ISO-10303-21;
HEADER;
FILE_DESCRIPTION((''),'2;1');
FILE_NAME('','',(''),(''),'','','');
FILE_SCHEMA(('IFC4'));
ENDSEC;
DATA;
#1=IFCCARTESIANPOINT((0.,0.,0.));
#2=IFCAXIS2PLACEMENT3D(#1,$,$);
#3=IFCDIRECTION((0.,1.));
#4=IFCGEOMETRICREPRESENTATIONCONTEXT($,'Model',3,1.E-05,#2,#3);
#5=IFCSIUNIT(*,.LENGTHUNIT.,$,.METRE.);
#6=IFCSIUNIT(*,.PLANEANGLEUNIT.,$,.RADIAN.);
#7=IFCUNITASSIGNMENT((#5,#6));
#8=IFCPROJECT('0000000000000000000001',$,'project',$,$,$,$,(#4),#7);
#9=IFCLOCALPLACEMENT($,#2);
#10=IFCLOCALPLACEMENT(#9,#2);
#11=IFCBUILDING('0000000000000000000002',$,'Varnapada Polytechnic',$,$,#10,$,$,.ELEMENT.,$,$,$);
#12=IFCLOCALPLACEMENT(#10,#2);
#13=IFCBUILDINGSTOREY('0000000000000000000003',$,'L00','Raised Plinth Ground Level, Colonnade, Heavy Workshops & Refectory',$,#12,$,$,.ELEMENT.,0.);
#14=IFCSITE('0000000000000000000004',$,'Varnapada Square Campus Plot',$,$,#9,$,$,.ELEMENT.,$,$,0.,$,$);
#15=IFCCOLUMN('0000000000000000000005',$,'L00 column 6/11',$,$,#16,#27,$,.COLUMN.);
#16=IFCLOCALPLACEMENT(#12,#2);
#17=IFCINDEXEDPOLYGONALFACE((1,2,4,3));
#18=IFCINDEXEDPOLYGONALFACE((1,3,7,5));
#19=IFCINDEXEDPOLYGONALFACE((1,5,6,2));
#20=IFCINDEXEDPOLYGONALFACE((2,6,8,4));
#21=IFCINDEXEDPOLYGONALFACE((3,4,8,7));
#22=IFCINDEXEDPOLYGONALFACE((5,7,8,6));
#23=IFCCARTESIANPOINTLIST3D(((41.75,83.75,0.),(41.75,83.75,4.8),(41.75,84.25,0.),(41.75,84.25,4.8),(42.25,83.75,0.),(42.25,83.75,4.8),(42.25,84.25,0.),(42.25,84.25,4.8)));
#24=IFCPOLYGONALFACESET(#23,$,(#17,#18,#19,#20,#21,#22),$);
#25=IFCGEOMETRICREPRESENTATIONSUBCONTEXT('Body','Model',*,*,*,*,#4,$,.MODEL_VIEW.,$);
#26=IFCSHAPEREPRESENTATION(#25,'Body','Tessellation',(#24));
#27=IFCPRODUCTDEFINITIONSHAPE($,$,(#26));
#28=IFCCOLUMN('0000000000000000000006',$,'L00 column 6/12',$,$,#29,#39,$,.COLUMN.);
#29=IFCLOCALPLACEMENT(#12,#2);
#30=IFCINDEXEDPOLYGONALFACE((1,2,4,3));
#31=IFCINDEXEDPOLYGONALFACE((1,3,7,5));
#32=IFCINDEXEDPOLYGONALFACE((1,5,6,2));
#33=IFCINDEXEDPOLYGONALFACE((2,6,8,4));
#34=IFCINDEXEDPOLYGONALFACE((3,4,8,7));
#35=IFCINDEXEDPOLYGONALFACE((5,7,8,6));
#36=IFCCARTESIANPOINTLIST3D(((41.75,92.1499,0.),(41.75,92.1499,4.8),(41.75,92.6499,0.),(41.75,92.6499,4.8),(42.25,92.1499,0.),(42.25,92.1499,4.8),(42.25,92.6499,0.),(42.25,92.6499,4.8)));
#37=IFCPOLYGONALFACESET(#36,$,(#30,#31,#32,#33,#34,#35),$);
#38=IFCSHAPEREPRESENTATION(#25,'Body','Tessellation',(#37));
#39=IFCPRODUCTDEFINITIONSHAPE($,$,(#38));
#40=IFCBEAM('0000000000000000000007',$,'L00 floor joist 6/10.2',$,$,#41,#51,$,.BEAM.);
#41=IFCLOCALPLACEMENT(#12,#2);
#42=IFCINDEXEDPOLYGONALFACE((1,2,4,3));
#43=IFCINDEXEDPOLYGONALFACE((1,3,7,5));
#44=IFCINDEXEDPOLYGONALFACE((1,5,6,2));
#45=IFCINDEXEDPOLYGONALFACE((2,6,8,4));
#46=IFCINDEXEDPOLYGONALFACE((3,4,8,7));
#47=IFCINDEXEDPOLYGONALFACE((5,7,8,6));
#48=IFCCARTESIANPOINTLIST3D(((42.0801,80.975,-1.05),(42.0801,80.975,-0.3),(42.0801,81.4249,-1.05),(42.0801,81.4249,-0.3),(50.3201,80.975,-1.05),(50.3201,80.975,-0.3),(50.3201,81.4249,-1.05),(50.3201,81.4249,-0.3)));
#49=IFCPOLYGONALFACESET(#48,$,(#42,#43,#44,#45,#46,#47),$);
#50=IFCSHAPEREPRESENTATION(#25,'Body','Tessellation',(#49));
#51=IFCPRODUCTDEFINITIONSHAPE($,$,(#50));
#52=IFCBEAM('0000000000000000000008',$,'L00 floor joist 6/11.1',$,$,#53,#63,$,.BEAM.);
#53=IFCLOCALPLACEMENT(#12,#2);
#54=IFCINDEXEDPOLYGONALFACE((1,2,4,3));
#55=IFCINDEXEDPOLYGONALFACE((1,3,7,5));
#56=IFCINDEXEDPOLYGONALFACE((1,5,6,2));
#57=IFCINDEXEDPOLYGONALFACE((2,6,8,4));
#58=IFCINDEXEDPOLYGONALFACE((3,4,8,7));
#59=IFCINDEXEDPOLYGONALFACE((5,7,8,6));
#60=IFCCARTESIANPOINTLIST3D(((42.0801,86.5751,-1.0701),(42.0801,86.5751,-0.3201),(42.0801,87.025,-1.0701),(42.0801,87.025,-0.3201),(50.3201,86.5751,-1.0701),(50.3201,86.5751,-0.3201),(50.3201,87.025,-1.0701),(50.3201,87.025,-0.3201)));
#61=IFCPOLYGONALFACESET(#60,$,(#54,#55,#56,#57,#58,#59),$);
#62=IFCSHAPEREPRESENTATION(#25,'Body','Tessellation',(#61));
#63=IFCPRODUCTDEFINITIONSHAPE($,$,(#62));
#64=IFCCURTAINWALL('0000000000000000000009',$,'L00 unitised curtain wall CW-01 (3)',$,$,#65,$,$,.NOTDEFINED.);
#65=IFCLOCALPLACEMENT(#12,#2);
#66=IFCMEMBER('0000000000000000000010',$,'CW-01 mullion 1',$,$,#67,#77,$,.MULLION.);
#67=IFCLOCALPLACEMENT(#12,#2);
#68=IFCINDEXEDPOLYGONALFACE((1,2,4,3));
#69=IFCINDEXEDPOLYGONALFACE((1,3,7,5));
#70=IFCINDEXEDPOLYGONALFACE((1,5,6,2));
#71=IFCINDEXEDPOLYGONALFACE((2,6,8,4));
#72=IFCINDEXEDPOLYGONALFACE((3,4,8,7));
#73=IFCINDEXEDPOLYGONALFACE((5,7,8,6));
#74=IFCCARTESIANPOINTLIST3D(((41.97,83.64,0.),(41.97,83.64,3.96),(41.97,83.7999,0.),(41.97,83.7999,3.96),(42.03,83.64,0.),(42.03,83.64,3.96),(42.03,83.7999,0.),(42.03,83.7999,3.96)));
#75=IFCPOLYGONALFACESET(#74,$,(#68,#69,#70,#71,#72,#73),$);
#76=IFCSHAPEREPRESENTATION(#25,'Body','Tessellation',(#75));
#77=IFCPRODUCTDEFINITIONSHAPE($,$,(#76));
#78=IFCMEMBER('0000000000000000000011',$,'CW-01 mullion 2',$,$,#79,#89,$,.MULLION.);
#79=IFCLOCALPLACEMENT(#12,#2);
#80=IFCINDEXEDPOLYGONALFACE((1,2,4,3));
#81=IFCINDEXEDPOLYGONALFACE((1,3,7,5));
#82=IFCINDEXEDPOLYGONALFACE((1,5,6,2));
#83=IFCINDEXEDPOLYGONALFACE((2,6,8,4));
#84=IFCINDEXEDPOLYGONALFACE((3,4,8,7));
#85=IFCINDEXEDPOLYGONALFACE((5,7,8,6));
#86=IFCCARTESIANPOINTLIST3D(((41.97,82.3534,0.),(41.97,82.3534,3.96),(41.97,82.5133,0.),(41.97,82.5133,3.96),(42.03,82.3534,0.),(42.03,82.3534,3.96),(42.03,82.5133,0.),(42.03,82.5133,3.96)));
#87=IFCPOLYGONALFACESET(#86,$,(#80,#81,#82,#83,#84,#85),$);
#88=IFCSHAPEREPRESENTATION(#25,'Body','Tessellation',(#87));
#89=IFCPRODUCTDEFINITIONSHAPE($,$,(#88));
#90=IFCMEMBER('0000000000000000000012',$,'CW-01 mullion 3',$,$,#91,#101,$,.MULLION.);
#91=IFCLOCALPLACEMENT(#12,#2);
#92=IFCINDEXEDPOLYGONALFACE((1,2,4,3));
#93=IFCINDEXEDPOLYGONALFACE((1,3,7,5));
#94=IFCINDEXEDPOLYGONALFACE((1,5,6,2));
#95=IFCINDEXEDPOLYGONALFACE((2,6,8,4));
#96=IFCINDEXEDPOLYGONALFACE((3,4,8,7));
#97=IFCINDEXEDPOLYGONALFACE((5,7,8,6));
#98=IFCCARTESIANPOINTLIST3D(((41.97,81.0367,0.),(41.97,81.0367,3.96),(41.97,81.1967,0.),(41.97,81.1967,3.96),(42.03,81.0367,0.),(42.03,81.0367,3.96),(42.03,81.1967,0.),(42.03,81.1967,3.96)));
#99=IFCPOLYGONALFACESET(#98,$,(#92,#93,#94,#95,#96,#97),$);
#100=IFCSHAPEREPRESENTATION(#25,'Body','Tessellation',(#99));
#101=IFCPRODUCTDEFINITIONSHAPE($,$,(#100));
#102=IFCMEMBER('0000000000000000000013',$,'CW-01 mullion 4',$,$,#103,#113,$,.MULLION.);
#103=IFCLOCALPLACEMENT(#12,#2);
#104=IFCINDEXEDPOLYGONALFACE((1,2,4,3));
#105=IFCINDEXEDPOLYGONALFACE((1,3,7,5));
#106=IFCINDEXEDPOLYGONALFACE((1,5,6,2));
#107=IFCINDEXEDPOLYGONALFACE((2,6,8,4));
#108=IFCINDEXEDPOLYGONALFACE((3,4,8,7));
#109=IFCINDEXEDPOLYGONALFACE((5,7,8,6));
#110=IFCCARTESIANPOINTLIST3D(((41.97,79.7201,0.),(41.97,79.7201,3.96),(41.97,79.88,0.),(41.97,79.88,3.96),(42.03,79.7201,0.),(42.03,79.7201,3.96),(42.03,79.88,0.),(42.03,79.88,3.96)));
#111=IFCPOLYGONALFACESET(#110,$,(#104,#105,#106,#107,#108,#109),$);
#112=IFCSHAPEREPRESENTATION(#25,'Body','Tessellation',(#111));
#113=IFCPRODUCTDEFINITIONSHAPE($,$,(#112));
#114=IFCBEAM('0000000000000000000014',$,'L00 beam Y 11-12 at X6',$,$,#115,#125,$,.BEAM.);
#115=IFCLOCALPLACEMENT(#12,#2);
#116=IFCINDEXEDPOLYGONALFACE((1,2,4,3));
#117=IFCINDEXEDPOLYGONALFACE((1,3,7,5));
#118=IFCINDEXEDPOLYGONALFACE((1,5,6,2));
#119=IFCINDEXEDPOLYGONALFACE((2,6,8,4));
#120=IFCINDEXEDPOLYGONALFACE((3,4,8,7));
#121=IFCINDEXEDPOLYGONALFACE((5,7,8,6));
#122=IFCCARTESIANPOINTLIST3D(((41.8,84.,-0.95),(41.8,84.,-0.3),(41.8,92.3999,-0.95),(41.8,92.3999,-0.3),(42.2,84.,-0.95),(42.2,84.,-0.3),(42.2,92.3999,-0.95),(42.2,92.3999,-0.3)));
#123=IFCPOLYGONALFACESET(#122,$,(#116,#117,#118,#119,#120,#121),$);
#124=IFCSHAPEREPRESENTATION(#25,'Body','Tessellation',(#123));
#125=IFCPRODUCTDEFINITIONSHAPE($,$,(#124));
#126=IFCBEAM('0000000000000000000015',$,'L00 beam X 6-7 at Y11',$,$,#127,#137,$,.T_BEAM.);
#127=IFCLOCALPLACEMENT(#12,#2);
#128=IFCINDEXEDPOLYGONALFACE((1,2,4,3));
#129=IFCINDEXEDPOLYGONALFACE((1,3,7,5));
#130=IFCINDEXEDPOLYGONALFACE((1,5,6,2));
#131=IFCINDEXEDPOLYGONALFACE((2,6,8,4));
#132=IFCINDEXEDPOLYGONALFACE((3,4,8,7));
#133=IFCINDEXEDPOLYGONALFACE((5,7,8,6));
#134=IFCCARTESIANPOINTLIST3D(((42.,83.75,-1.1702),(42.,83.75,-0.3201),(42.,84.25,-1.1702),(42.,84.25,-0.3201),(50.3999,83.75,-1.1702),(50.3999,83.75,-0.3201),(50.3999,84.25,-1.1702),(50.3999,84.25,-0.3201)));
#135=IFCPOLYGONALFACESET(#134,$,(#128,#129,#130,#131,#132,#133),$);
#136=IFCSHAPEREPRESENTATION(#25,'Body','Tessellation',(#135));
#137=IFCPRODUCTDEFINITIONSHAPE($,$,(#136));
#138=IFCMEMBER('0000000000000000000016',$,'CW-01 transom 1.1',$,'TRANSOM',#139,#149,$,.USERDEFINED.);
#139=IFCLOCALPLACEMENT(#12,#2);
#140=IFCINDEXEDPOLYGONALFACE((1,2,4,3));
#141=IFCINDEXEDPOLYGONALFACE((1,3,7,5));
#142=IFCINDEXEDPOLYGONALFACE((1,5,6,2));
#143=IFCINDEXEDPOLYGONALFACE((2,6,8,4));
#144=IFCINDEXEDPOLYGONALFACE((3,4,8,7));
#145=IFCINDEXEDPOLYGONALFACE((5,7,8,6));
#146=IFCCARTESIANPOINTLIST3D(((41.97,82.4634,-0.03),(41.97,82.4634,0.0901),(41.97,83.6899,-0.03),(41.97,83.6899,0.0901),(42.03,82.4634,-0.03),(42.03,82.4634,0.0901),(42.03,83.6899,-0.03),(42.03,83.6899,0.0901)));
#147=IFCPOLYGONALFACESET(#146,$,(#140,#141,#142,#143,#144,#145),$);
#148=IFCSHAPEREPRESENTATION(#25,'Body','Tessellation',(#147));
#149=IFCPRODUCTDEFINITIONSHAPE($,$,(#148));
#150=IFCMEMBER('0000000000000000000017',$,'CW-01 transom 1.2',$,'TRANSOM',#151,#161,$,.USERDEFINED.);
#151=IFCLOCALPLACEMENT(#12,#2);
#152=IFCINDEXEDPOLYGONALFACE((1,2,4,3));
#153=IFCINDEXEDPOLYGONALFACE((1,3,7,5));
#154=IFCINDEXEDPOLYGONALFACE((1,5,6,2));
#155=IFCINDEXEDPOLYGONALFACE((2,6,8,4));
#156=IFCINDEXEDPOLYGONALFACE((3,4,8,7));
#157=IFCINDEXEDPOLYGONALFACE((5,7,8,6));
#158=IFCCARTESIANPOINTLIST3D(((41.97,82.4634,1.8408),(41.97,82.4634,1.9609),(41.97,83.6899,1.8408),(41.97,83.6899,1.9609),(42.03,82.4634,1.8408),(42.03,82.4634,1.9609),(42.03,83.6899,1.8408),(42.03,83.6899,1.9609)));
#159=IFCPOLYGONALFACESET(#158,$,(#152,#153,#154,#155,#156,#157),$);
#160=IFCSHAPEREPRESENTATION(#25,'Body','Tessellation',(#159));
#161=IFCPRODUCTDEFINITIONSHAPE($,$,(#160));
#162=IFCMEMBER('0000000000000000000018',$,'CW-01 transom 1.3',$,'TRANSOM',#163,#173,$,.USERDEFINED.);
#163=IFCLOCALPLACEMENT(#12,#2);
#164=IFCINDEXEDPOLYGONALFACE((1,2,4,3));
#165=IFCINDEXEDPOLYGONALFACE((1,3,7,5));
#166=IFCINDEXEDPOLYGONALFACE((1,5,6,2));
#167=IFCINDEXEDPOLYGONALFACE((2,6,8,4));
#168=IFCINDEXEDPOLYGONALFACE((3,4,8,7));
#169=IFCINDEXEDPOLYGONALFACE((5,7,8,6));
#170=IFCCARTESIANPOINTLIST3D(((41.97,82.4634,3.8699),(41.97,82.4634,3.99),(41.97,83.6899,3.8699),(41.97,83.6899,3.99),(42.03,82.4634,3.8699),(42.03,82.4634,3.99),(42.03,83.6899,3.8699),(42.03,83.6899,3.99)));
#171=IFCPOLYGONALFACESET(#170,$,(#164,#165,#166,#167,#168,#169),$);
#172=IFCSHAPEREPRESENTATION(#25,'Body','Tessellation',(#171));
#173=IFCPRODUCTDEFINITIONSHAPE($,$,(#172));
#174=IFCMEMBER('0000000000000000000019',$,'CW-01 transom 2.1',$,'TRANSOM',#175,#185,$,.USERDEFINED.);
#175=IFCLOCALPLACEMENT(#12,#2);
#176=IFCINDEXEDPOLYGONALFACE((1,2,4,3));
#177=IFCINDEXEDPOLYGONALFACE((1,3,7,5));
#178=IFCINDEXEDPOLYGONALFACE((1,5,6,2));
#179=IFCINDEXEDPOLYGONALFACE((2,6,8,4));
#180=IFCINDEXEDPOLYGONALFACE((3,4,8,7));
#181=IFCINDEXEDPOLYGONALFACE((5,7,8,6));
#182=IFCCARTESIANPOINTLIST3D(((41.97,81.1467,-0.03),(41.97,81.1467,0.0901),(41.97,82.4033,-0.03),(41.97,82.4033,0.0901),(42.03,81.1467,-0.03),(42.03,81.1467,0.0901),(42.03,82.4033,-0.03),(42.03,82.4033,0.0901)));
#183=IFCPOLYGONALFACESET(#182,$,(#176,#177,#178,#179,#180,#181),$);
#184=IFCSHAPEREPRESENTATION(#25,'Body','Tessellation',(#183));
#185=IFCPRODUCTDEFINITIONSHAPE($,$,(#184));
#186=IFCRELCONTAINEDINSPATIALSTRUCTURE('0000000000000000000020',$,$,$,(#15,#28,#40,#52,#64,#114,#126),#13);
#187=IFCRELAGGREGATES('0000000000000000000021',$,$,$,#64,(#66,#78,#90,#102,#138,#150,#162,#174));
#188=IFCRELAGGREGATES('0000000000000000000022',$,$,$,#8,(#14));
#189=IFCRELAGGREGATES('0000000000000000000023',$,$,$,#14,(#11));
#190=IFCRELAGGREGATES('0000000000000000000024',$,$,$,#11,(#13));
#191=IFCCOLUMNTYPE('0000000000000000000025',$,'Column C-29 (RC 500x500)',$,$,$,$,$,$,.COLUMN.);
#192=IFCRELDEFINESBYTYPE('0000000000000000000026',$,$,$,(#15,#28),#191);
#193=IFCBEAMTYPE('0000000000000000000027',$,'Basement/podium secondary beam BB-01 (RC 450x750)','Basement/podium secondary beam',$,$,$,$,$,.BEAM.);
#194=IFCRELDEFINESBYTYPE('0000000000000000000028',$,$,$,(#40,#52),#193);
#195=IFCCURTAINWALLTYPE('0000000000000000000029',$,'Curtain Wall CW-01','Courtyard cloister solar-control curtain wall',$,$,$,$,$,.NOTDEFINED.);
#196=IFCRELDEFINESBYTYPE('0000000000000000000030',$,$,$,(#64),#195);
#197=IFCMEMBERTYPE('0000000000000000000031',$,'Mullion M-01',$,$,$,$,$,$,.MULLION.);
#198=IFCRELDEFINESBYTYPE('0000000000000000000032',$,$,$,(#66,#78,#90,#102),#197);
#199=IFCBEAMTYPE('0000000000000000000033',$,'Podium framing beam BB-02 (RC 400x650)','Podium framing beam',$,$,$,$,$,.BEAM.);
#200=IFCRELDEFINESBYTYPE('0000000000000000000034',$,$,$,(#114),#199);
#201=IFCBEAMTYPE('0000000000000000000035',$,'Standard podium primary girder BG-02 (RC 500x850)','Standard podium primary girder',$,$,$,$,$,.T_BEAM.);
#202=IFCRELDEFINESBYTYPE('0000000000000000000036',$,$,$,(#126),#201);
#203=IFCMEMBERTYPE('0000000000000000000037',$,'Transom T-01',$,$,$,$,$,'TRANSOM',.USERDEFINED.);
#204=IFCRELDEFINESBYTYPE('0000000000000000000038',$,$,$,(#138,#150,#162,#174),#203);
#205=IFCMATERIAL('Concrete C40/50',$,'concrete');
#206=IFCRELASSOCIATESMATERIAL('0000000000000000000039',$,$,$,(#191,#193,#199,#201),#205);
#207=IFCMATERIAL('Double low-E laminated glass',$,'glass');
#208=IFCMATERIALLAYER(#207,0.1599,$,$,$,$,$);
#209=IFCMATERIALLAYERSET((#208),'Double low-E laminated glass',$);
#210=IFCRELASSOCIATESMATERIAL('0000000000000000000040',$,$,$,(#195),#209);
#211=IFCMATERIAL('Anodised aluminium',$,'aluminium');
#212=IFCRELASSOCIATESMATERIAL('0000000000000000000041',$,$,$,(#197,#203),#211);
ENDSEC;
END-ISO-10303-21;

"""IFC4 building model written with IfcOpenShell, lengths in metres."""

from ifc_helpers import new_model, si_unit, direction, frame, origin, origin_2d, place, context, subcontext, project, spatial, rectangle, extrude, material, layer, layer_set, material_profile, profile_set, type_object, element, aggregate, save


model = new_model("IFC4")

# Units and contexts
model_context = context("Model", 3, precision=1e-05, world=origin(), true_north=direction((0.0, 1.0)))
body_context = subcontext(model_context, "Body", "Model", "MODEL_VIEW")
ifc_project = project(units=[si_unit("LENGTHUNIT", "METRE"), si_unit("PLANEANGLEUNIT", "RADIAN")], contexts=[model_context])

# Site, building, storey
site_placement = place(None, origin())
site = spatial("IfcSite", under=ifc_project, at=site_placement, Name="Varnapada Square Campus Plot", CompositionType="ELEMENT", RefElevation=0.0)
building_placement = place(site_placement, origin())
building = spatial("IfcBuilding", under=site, at=building_placement, Name="Varnapada Polytechnic", CompositionType="ELEMENT")
storey_placement = place(building_placement, origin())
storey = spatial("IfcBuildingStorey", under=building, at=storey_placement, Name="L00", Description="Raised Plinth Ground Level, Colonnade, Heavy Workshops & Refectory", CompositionType="ELEMENT", Elevation=0.0)

# Columns
ifc_material_1 = material(Name="Concrete C40/50", Category="concrete")
ifc_material_profile_1 = material_profile(ifc_material_1, rectangle(XDim=0.5, YDim=0.5, at=origin_2d()), Name="RC 500x500")
ifc_profile_set_1 = profile_set([ifc_material_profile_1], Name="Concrete C40/50")
column_type = type_object("IfcColumnType", Name="Column C-29 (RC 500x500)", PredefinedType="COLUMN", material=ifc_profile_set_1)
for number, where, z_axis, x_axis, name in (
    (1, (42.0, 84.0, 0.0), (0.0, 0.0, 1.0), (1.0, 0.0, 0.0), "L00 column 6/11"),
    (2, (42.0, 92.3999, 0.0), (0.0, 0.0, 1.0), (1.0, 0.0, 0.0), "L00 column 6/12"),
):
    element("IfcColumn", number, at=place(storey_placement, frame(where, z_axis=z_axis, x_axis=x_axis)), inside=storey, type_object=column_type, Name=name, PredefinedType="COLUMN", context=body_context, shape_type="SweptSolid", body=[
        extrude(rectangle(XDim=0.5, YDim=0.5, at=origin_2d()), origin(), (0.0, 0.0, 1.0), 4.8),
    ])

# Beams
ifc_material_profile_2 = material_profile(ifc_material_1, rectangle(XDim=0.45, YDim=0.75, at=origin_2d()), Name="RC 450x750")
ifc_profile_set_2 = profile_set([ifc_material_profile_2], Name="Concrete C40/50")
beam_type_1 = type_object("IfcBeamType", Name="Basement/podium secondary beam BB-01 (RC 450x750)", Description="Basement/podium secondary beam", PredefinedType="BEAM", material=ifc_profile_set_2)
for number, where, z_axis, x_axis, name in (
    (3, (42.0801, 81.2, -0.675), (1.0, 0.0, 0.0), (0.0, 1.0, 0.0), "L00 floor joist 6/10.2"),
    (4, (42.0801, 86.8, -0.6951), (1.0, 0.0, 0.0), (0.0, 1.0, 0.0), "L00 floor joist 6/11.1"),
):
    element("IfcBeam", number, at=place(storey_placement, frame(where, z_axis=z_axis, x_axis=x_axis)), inside=storey, type_object=beam_type_1, Name=name, PredefinedType="BEAM", context=body_context, shape_type="SweptSolid", body=[
        extrude(rectangle(XDim=0.45, YDim=0.75, at=origin_2d()), origin(), (0.0, 0.0, 1.0), 8.24),
    ])

# Curtain wall, members
ifc_material_2 = material(Name="Double low-E laminated glass", Category="glass")
ifc_layer_1 = layer(ifc_material_2, 0.1599)
ifc_layer_set_1 = layer_set([ifc_layer_1], Name="Double low-E laminated glass")
curtain_wall_type = type_object("IfcCurtainWallType", Name="Curtain Wall CW-01", Description="Courtyard cloister solar-control curtain wall", PredefinedType="NOTDEFINED", material=ifc_layer_set_1)
curtain_wall_placement = place(storey_placement, origin())
curtain_wall = element("IfcCurtainWall", 5, at=curtain_wall_placement, inside=storey, type_object=curtain_wall_type, Name="L00 unitised curtain wall CW-01 (3)", PredefinedType="NOTDEFINED")
ifc_material_3 = material(Name="Anodised aluminium", Category="aluminium")
ifc_material_profile_3 = material_profile(ifc_material_3, rectangle(XDim=0.0601, YDim=0.1599, at=origin_2d()), Name="ALU M60x160")
ifc_profile_set_3 = profile_set([ifc_material_profile_3], Name="Anodised aluminium")
member_type_1 = type_object("IfcMemberType", Name="Mullion M-01", PredefinedType="MULLION", material=ifc_profile_set_3)
member_1_placement = place(storey_placement, frame((42.0, 83.72, 0.0), z_axis=(0.0, 0.0, 1.0), x_axis=(1.0, 0.0, 0.0)))
member_1 = element("IfcMember", 6, at=member_1_placement, type_object=member_type_1, Name="CW-01 mullion 1", PredefinedType="MULLION", context=body_context, shape_type="SweptSolid", body=[
    extrude(rectangle(XDim=0.0601, YDim=0.1599, at=origin_2d()), origin(), (0.0, 0.0, 1.0), 3.96),
])
member_2_placement = place(storey_placement, frame((42.0, 82.4333, 0.0), z_axis=(0.0, 0.0, 1.0), x_axis=(1.0, 0.0, 0.0)))
member_2 = element("IfcMember", 7, at=member_2_placement, type_object=member_type_1, Name="CW-01 mullion 2", PredefinedType="MULLION", context=body_context, shape_type="SweptSolid", body=[
    extrude(rectangle(XDim=0.0601, YDim=0.1599, at=origin_2d()), origin(), (0.0, 0.0, 1.0), 3.96),
])
member_3_placement = place(storey_placement, frame((42.0, 81.1167, 0.0), z_axis=(0.0, 0.0, 1.0), x_axis=(1.0, 0.0, 0.0)))
member_3 = element("IfcMember", 8, at=member_3_placement, type_object=member_type_1, Name="CW-01 mullion 3", PredefinedType="MULLION", context=body_context, shape_type="SweptSolid", body=[
    extrude(rectangle(XDim=0.0601, YDim=0.1599, at=origin_2d()), origin(), (0.0, 0.0, 1.0), 3.96),
])
member_4_placement = place(storey_placement, frame((42.0, 79.8, 0.0), z_axis=(0.0, 0.0, 1.0), x_axis=(1.0, 0.0, 0.0)))
member_4 = element("IfcMember", 9, at=member_4_placement, type_object=member_type_1, Name="CW-01 mullion 4", PredefinedType="MULLION", context=body_context, shape_type="SweptSolid", body=[
    extrude(rectangle(XDim=0.0601, YDim=0.1599, at=origin_2d()), origin(), (0.0, 0.0, 1.0), 3.96),
])

# Beams
ifc_material_profile_4 = material_profile(ifc_material_1, rectangle(XDim=0.3999, YDim=0.6499, at=origin_2d()), Name="RC 400x650")
ifc_profile_set_4 = profile_set([ifc_material_profile_4], Name="Concrete C40/50")
beam_type_2 = type_object("IfcBeamType", Name="Podium framing beam BB-02 (RC 400x650)", Description="Podium framing beam", PredefinedType="BEAM", material=ifc_profile_set_4)
beam_1_placement = place(storey_placement, frame((42.0, 84.0, -0.625), z_axis=(0.0, 1.0, 0.0), x_axis=(-1.0, 0.0, 0.0)))
element("IfcBeam", 10, at=beam_1_placement, inside=storey, type_object=beam_type_2, Name="L00 beam Y 11-12 at X6", PredefinedType="BEAM", context=body_context, shape_type="SweptSolid", body=[
    extrude(rectangle(XDim=0.3999, YDim=0.6499, at=origin_2d()), origin(), (0.0, 0.0, 1.0), 8.3999),
])
ifc_material_profile_5 = material_profile(ifc_material_1, rectangle(XDim=0.5, YDim=0.8501, at=origin_2d()), Name="RC 500x850")
ifc_profile_set_5 = profile_set([ifc_material_profile_5], Name="Concrete C40/50")
beam_type_3 = type_object("IfcBeamType", Name="Standard podium primary girder BG-02 (RC 500x850)", Description="Standard podium primary girder", PredefinedType="T_BEAM", material=ifc_profile_set_5)
beam_2_placement = place(storey_placement, frame((42.0, 84.0, -0.7451), z_axis=(1.0, 0.0, 0.0), x_axis=(0.0, 1.0, 0.0)))
element("IfcBeam", 11, at=beam_2_placement, inside=storey, type_object=beam_type_3, Name="L00 beam X 6-7 at Y11", PredefinedType="T_BEAM", context=body_context, shape_type="SweptSolid", body=[
    extrude(rectangle(XDim=0.5, YDim=0.8501, at=origin_2d()), origin(), (0.0, 0.0, 1.0), 8.3999),
])

# Members
ifc_material_profile_6 = material_profile(ifc_material_3, rectangle(XDim=0.0601, YDim=0.1201, at=origin_2d()), Name="ALU T60x120")
ifc_profile_set_6 = profile_set([ifc_material_profile_6], Name="Anodised aluminium")
member_type_2 = type_object("IfcMemberType", Name="Transom T-01", ElementType="TRANSOM", PredefinedType="USERDEFINED", material=ifc_profile_set_6)
member_5_placement = place(storey_placement, frame((42.0, 83.6899, 0.03), z_axis=(0.0, -1.0, 0.0), x_axis=(1.0, 0.0, 0.0)))
member_5 = element("IfcMember", 12, at=member_5_placement, type_object=member_type_2, Name="CW-01 transom 1.1", ObjectType="TRANSOM", PredefinedType="USERDEFINED", context=body_context, shape_type="SweptSolid", body=[
    extrude(rectangle(XDim=0.0601, YDim=0.1201, at=origin_2d()), origin(), (0.0, 0.0, 1.0), 1.2266),
])
member_6_placement = place(storey_placement, frame((42.0, 83.6899, 1.9009), z_axis=(0.0, -1.0, 0.0), x_axis=(1.0, 0.0, 0.0)))
member_6 = element("IfcMember", 13, at=member_6_placement, type_object=member_type_2, Name="CW-01 transom 1.2", ObjectType="TRANSOM", PredefinedType="USERDEFINED", context=body_context, shape_type="SweptSolid", body=[
    extrude(rectangle(XDim=0.0601, YDim=0.1201, at=origin_2d()), origin(), (0.0, 0.0, 1.0), 1.2266),
])
member_7_placement = place(storey_placement, frame((42.0, 83.6899, 3.9299), z_axis=(0.0, -1.0, 0.0), x_axis=(1.0, 0.0, 0.0)))
member_7 = element("IfcMember", 14, at=member_7_placement, type_object=member_type_2, Name="CW-01 transom 1.3", ObjectType="TRANSOM", PredefinedType="USERDEFINED", context=body_context, shape_type="SweptSolid", body=[
    extrude(rectangle(XDim=0.0601, YDim=0.1201, at=origin_2d()), origin(), (0.0, 0.0, 1.0), 1.2266),
])
member_8_placement = place(storey_placement, frame((42.0, 82.4033, 0.03), z_axis=(0.0, -1.0, 0.0), x_axis=(1.0, 0.0, 0.0)))
member_8 = element("IfcMember", 15, at=member_8_placement, type_object=member_type_2, Name="CW-01 transom 2.1", ObjectType="TRANSOM", PredefinedType="USERDEFINED", context=body_context, shape_type="SweptSolid", body=[
    extrude(rectangle(XDim=0.0601, YDim=0.1201, at=origin_2d()), origin(), (0.0, 0.0, 1.0), 1.2566),
])

aggregate(curtain_wall, [member_1, member_2, member_3, member_4, member_5, member_6, member_7, member_8])

save(model, "model.ifc")
